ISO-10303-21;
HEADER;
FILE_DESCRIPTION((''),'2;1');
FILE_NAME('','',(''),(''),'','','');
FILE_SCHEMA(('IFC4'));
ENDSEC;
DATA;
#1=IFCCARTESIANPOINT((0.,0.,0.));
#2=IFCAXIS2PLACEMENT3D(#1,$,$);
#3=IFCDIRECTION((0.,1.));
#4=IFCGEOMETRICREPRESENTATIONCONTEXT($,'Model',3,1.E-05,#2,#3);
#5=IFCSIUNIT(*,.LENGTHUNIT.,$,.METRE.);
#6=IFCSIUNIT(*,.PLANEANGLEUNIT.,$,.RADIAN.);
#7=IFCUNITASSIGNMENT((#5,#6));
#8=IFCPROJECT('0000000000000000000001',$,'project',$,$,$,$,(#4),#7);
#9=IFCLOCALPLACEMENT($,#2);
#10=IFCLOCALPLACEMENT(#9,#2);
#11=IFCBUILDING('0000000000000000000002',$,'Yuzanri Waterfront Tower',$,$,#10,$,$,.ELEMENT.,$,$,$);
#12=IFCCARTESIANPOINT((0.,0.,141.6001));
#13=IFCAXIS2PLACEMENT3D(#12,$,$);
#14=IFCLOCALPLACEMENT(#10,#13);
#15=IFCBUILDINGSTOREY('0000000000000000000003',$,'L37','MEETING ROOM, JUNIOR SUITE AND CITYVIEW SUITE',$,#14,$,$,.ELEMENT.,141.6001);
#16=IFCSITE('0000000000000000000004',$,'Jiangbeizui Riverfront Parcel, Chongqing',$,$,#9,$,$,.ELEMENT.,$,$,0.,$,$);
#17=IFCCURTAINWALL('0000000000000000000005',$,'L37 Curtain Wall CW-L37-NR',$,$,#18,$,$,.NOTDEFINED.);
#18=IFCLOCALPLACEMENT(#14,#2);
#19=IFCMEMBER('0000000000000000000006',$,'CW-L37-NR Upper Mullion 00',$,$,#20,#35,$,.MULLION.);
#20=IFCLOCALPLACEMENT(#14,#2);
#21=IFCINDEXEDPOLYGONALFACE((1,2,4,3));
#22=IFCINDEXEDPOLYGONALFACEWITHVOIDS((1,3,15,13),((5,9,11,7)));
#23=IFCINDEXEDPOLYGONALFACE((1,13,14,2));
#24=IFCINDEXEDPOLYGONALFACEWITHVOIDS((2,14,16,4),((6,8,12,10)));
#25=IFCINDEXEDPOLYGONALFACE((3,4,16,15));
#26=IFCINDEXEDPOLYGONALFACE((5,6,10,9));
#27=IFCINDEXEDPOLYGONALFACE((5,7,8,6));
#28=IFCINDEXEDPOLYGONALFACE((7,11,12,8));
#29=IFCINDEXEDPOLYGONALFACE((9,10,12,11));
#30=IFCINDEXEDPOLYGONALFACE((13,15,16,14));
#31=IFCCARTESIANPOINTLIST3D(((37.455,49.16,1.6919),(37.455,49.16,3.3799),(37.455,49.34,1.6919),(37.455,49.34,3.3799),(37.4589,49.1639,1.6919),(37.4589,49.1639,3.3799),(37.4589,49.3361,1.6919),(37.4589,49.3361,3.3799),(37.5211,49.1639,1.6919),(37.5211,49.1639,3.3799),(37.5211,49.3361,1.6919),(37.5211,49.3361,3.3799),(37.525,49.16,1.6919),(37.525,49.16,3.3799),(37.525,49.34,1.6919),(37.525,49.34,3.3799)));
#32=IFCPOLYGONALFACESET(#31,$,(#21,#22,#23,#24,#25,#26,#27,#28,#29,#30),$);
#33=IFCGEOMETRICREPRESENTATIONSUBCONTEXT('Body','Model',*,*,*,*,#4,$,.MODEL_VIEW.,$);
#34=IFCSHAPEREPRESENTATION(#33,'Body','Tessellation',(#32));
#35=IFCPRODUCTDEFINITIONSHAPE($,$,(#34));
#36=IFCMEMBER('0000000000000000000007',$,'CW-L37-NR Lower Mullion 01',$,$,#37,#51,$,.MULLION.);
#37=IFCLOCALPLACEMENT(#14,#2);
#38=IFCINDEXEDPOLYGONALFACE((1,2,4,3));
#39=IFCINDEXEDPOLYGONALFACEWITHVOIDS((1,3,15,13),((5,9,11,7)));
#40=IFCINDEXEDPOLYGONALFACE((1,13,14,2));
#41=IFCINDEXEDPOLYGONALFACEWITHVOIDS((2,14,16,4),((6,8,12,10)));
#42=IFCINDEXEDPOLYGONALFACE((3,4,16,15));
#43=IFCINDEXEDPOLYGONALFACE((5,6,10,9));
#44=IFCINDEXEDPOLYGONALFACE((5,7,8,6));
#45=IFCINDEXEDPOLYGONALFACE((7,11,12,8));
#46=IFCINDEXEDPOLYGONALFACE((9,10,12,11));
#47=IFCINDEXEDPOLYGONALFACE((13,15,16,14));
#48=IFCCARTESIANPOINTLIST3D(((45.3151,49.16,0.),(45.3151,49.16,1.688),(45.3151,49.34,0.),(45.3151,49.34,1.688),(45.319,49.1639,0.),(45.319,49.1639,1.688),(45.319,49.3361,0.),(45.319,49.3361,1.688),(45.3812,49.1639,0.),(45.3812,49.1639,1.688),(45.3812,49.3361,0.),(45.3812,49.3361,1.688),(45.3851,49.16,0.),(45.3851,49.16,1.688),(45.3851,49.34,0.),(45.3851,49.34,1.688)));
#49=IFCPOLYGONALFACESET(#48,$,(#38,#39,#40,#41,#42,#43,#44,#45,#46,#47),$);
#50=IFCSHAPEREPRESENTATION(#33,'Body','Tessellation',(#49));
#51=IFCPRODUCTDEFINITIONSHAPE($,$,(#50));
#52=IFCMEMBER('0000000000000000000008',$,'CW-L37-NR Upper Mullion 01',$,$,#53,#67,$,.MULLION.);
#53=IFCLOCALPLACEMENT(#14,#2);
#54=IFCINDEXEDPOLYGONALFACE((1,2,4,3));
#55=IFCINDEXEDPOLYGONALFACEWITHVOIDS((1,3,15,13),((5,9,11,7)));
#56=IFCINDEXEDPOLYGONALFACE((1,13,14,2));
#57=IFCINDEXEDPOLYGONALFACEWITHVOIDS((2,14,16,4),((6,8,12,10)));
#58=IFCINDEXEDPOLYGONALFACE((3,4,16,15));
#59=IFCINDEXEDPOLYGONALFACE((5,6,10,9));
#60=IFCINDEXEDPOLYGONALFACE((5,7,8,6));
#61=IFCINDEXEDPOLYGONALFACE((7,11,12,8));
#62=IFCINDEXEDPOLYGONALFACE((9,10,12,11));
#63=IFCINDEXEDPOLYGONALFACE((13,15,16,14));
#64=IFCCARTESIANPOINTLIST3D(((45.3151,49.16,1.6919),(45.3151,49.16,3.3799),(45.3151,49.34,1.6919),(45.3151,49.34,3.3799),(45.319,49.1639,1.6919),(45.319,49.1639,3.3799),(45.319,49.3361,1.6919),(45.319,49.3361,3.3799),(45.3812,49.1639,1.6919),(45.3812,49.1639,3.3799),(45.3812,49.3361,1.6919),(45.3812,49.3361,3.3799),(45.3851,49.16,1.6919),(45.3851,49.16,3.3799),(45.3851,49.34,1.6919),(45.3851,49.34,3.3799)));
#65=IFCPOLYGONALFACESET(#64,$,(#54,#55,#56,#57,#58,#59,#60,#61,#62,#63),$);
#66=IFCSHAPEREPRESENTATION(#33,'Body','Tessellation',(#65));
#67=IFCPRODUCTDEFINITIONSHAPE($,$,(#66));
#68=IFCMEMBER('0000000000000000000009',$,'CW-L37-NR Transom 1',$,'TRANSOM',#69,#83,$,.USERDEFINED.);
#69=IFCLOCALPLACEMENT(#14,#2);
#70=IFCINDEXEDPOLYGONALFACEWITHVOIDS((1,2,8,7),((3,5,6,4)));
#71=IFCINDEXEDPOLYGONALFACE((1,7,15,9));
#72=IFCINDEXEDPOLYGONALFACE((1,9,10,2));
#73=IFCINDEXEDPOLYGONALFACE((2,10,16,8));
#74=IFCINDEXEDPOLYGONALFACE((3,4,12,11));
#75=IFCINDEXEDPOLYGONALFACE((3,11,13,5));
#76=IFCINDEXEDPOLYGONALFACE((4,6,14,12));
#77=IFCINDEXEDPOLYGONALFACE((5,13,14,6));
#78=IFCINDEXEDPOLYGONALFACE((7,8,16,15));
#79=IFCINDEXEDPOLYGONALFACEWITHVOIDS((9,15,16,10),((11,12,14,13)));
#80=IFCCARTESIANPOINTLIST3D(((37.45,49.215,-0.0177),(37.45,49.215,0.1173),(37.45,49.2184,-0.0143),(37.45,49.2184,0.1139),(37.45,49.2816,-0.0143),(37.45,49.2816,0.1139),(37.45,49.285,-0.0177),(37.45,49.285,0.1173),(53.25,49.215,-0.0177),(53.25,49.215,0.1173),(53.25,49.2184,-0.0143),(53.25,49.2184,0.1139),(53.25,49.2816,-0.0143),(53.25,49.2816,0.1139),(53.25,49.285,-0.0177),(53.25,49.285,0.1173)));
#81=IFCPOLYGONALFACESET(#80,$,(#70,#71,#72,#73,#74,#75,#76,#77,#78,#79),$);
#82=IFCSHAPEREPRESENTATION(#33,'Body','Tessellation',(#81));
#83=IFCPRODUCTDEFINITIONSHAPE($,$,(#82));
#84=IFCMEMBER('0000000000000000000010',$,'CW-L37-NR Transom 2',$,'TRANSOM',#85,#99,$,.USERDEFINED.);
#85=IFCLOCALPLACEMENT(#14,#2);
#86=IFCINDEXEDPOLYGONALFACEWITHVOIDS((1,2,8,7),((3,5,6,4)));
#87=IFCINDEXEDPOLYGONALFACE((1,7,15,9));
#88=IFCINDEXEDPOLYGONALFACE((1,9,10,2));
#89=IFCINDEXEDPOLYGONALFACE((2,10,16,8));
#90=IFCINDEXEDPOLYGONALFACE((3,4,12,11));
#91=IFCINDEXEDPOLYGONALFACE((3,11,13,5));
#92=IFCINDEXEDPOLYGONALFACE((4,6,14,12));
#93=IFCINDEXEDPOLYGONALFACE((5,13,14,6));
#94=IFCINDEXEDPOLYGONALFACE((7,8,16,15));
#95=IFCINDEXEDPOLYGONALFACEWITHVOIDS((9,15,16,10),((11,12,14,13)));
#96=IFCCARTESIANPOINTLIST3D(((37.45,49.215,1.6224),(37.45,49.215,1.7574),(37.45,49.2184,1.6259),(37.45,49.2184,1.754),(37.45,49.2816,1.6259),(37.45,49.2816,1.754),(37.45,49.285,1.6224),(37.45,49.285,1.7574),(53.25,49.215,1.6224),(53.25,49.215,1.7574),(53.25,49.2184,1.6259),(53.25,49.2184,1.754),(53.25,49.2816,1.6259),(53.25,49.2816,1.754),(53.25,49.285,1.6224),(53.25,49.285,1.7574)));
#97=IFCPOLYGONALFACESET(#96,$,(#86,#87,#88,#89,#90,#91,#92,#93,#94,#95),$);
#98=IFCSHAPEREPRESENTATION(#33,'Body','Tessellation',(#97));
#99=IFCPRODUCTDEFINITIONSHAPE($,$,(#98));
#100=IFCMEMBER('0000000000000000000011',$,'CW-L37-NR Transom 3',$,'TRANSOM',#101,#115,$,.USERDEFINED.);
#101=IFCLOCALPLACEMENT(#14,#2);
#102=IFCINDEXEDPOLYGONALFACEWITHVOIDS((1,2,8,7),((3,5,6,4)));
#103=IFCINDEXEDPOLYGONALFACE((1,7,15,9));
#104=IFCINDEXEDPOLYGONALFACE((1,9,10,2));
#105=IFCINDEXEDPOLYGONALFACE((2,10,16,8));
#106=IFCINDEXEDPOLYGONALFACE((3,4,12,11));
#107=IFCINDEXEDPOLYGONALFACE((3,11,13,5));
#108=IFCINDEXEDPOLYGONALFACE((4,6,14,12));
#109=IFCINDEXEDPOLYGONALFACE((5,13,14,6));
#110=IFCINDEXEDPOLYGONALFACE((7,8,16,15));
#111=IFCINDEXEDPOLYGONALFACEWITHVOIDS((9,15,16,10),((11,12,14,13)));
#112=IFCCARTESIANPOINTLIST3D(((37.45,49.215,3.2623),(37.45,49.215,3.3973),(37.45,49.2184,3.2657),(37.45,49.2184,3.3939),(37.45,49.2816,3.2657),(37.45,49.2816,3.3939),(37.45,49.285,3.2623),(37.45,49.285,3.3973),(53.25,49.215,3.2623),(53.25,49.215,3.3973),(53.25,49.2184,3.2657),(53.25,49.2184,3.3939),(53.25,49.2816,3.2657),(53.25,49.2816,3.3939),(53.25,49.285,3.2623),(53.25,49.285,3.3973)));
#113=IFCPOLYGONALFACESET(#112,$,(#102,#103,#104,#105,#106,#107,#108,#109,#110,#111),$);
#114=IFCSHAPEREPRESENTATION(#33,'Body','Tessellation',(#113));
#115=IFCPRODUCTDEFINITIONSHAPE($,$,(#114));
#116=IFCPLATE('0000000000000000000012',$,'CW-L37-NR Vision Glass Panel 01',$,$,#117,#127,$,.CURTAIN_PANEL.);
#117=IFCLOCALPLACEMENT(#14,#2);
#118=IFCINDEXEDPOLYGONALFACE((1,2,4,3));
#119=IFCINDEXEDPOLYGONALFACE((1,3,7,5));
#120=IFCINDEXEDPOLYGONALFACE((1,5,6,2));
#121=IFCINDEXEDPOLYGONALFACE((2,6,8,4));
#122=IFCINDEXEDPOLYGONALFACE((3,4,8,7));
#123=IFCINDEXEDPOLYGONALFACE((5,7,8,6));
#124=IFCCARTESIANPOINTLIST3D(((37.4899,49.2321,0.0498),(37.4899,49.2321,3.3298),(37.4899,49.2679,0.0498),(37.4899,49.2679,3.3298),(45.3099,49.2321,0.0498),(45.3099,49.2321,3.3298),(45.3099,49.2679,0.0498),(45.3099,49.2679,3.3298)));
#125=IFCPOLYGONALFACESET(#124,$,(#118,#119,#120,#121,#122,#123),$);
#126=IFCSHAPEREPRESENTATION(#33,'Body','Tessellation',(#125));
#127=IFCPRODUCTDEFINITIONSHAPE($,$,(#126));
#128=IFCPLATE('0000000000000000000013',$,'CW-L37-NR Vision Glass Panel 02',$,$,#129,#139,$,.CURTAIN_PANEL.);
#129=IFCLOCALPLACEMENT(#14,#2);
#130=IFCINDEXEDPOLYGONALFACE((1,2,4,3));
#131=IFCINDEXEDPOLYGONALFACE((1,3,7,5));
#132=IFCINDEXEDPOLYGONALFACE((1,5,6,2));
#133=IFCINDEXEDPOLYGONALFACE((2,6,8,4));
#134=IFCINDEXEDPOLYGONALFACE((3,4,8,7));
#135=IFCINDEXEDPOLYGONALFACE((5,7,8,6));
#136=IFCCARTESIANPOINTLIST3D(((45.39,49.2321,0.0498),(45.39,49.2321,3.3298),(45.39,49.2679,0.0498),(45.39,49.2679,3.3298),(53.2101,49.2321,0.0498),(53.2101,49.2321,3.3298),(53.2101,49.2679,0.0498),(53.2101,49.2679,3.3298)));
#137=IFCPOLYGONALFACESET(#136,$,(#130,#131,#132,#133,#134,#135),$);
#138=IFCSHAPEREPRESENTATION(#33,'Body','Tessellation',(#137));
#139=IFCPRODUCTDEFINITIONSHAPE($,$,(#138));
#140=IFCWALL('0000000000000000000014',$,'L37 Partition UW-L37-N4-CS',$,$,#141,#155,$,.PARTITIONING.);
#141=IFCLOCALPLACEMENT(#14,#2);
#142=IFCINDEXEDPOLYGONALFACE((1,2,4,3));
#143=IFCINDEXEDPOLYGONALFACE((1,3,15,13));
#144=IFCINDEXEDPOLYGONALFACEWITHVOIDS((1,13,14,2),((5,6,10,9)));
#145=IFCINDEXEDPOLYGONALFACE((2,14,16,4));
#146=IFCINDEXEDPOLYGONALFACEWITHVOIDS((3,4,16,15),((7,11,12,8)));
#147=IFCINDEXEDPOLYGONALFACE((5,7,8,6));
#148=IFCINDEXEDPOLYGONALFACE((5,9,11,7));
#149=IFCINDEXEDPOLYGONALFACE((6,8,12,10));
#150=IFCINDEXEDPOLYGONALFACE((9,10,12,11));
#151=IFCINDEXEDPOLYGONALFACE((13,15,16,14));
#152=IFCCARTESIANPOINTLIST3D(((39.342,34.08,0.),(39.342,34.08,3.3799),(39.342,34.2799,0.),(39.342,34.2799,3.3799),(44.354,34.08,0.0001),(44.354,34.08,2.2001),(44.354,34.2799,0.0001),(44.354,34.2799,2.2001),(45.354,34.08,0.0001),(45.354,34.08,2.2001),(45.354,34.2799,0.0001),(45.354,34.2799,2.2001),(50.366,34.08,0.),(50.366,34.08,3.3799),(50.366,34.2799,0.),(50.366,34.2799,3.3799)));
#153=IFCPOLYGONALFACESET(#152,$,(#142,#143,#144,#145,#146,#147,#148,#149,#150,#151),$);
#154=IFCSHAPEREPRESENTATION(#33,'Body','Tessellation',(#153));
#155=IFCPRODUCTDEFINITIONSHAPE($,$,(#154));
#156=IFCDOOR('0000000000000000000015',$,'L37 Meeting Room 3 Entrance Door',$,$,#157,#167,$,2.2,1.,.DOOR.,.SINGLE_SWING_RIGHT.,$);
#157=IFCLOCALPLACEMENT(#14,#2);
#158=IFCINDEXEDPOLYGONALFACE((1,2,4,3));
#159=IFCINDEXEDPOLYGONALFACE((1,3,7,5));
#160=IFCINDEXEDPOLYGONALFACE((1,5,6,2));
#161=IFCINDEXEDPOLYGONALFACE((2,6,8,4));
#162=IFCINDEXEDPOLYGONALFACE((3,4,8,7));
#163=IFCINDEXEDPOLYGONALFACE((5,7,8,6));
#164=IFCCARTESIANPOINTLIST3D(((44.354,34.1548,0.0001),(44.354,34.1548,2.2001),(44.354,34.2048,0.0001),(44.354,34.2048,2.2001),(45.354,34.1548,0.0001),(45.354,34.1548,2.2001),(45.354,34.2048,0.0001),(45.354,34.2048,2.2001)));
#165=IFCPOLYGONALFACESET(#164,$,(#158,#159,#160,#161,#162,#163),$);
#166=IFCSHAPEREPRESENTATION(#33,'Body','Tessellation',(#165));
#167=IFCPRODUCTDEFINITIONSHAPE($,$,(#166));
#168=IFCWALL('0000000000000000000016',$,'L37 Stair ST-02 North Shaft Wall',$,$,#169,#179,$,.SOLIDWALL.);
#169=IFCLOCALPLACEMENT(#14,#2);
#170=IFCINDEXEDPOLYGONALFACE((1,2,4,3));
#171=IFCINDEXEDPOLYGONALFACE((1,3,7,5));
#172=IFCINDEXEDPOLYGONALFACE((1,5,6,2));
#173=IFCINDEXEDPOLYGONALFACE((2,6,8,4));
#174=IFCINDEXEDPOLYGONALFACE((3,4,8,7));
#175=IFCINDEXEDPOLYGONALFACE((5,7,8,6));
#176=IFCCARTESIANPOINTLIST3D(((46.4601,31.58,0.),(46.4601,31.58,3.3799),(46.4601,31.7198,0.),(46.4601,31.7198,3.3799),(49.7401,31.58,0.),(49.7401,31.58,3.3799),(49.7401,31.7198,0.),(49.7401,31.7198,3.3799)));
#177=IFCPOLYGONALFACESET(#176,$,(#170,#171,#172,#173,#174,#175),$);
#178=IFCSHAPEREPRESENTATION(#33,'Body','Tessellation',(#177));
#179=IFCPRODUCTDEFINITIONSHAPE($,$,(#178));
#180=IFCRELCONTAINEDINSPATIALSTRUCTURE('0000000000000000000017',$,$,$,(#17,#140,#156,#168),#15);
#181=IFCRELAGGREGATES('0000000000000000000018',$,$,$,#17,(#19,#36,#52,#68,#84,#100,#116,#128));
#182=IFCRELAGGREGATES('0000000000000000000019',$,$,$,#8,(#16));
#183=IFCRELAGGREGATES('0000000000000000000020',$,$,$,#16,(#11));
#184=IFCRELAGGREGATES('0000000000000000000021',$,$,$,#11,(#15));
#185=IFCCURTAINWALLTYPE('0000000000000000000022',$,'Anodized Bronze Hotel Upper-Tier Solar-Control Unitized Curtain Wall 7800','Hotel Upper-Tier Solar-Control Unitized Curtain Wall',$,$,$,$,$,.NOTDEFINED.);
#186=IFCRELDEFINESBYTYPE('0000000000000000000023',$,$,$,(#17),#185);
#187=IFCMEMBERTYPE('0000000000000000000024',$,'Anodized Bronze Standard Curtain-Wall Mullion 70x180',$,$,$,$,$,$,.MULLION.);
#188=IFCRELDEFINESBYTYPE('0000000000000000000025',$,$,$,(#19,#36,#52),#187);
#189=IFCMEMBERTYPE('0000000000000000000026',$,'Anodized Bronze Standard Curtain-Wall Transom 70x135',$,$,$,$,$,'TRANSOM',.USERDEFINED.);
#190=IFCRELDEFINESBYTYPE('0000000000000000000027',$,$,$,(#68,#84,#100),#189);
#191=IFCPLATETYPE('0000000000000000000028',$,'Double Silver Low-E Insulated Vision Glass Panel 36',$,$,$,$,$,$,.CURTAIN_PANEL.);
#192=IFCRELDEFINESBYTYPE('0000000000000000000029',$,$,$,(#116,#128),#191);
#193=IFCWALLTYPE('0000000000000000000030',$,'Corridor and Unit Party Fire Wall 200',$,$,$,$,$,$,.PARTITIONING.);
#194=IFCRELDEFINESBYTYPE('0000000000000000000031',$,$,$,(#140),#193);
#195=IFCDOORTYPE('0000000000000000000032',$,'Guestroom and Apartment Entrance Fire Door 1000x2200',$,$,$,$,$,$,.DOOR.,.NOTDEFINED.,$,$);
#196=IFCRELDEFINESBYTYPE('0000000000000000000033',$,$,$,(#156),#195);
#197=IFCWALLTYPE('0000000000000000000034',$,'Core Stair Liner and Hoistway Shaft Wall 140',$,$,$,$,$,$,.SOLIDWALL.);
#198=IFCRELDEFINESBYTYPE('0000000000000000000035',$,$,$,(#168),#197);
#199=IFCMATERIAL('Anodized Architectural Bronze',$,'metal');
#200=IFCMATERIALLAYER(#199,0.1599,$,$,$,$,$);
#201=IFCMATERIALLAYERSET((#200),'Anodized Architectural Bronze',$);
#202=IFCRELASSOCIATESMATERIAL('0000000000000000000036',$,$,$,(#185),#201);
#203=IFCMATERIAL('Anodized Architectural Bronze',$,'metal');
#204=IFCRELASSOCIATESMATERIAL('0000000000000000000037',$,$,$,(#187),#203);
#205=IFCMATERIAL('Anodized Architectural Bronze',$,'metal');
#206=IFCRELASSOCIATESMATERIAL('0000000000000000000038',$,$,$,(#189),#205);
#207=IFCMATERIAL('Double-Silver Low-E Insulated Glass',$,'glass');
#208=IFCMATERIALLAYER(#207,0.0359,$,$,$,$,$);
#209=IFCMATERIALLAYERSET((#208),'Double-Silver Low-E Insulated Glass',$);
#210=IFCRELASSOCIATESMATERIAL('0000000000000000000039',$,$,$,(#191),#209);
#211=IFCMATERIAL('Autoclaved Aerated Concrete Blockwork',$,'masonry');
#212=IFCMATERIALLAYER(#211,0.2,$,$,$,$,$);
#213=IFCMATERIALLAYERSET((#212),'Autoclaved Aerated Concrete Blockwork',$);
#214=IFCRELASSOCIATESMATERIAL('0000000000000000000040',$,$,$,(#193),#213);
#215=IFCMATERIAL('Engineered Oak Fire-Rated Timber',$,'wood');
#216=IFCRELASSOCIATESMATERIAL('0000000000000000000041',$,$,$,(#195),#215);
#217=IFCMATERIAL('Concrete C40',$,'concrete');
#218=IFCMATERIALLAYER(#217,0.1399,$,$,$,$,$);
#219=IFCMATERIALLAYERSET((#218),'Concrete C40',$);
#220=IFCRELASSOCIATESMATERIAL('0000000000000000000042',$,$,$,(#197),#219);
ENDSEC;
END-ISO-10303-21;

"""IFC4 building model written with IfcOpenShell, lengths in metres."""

from ifc_helpers import new_model, si_unit, direction, frame, frame_2d, origin, origin_2d, place, context, subcontext, project, spatial, rectangle, hollow_rectangle, extrude, source, transform, mapped, material, layer, layer_set, material_profile, profile_set, type_object, element, fill, aggregate, save


model = new_model("IFC4")

# Units and contexts
model_context = context("Model", 3, precision=1e-05, world=origin(), true_north=direction((0.0, 1.0)))
body_context = subcontext(model_context, "Body", "Model", "MODEL_VIEW")
ifc_project = project(units=[si_unit("LENGTHUNIT", "METRE"), si_unit("PLANEANGLEUNIT", "RADIAN")], contexts=[model_context])

# Site, building, storey
site_placement = place(None, origin())
site = spatial("IfcSite", under=ifc_project, at=site_placement, Name="Jiangbeizui Riverfront Parcel, Chongqing", CompositionType="ELEMENT", RefElevation=0.0)
building_placement = place(site_placement, origin())
building = spatial("IfcBuilding", under=site, at=building_placement, Name="Yuzanri Waterfront Tower", CompositionType="ELEMENT")
storey_placement = place(building_placement, frame((0.0, 0.0, 141.6001)))
storey = spatial("IfcBuildingStorey", under=building, at=storey_placement, Name="L37", Description="MEETING ROOM, JUNIOR SUITE AND CITYVIEW SUITE", CompositionType="ELEMENT", Elevation=141.6001)

# Shared definitions
ifc_material_1 = material(Name="Anodized Architectural Bronze", Category="metal")
ifc_layer_1 = layer(ifc_material_1, 0.1599)
ifc_layer_set_1 = layer_set([ifc_layer_1], Name="Anodized Architectural Bronze")
curtain_wall_type = type_object("IfcCurtainWallType", Name="Anodized Bronze Hotel Upper-Tier Solar-Control Unitized Curtain Wall 7800", Description="Hotel Upper-Tier Solar-Control Unitized Curtain Wall", PredefinedType="NOTDEFINED", material=ifc_layer_set_1)
ifc_material_2 = material(Name="Anodized Architectural Bronze", Category="metal")
ifc_material_profile_1 = material_profile(ifc_material_2, hollow_rectangle(XDim=0.0701, YDim=0.1799, WallThickness=0.0039, at=origin_2d()), Name="CWM 70x180")
ifc_profile_set_1 = profile_set([ifc_material_profile_1], Name="Anodized Architectural Bronze")
member_type_1 = type_object("IfcMemberType", Name="Anodized Bronze Standard Curtain-Wall Mullion 70x180", PredefinedType="MULLION", material=ifc_profile_set_1)
shared_shape_1 = source(origin(), body_context, "Body", "SweptSolid", [
    extrude(hollow_rectangle(XDim=0.0701, YDim=0.1799, WallThickness=0.0039, at=origin_2d()), origin(), (0.0, 0.0, 1.0), 1.688),
])

# Curtain wall, members, plates
curtain_wall_1_placement = place(storey_placement, origin())
curtain_wall_1 = element("IfcCurtainWall", 1, at=curtain_wall_1_placement, inside=storey, type_object=curtain_wall_type, Name="L37 Curtain Wall CW-L37-NR", PredefinedType="NOTDEFINED")
member_1_placement = place(storey_placement, frame((37.49, 49.25, 1.6919), z_axis=(0.0, 0.0, 1.0), x_axis=(1.0, 0.0, 0.0)))
member_1 = element("IfcMember", 2, at=member_1_placement, type_object=member_type_1, Name="CW-L37-NR Upper Mullion 00", PredefinedType="MULLION", context=body_context, shape_type="MappedRepresentation", body=[
    mapped(shared_shape_1, transform((0.0, 0.0, 0.0), scale=1.0)),
])
member_2_placement = place(storey_placement, frame((45.3501, 49.25, 0.0), z_axis=(0.0, 0.0, 1.0), x_axis=(1.0, 0.0, 0.0)))
member_2 = element("IfcMember", 3, at=member_2_placement, type_object=member_type_1, Name="CW-L37-NR Lower Mullion 01", PredefinedType="MULLION", context=body_context, shape_type="MappedRepresentation", body=[
    mapped(shared_shape_1, transform((0.0, 0.0, 0.0), scale=1.0)),
])
member_3_placement = place(storey_placement, frame((45.3501, 49.25, 1.6919), z_axis=(0.0, 0.0, 1.0), x_axis=(1.0, 0.0, 0.0)))
member_3 = element("IfcMember", 4, at=member_3_placement, type_object=member_type_1, Name="CW-L37-NR Upper Mullion 01", PredefinedType="MULLION", context=body_context, shape_type="MappedRepresentation", body=[
    mapped(shared_shape_1, transform((0.0, 0.0, 0.0), scale=1.0)),
])
ifc_material_3 = material(Name="Anodized Architectural Bronze", Category="metal")
ifc_material_profile_2 = material_profile(ifc_material_3, hollow_rectangle(XDim=0.0701, YDim=0.135, WallThickness=0.0034, at=origin_2d()), Name="CWT 70x135")
ifc_profile_set_2 = profile_set([ifc_material_profile_2], Name="Anodized Architectural Bronze")
member_type_2 = type_object("IfcMemberType", Name="Anodized Bronze Standard Curtain-Wall Transom 70x135", ElementType="TRANSOM", PredefinedType="USERDEFINED", material=ifc_profile_set_2)
shared_shape_2 = source(origin(), body_context, "Body", "SweptSolid", [
    extrude(hollow_rectangle(XDim=0.0701, YDim=0.135, WallThickness=0.0034, at=origin_2d()), origin(), (0.0, 0.0, 1.0), 15.8),
])
member_4_placement = place(storey_placement, frame((37.45, 49.25, 0.0498), z_axis=(1.0, 0.0, 0.0), x_axis=(0.0, 1.0, 0.0)))
member_4 = element("IfcMember", 5, at=member_4_placement, type_object=member_type_2, Name="CW-L37-NR Transom 1", ObjectType="TRANSOM", PredefinedType="USERDEFINED", context=body_context, shape_type="MappedRepresentation", body=[
    mapped(shared_shape_2, transform((0.0, 0.0, 0.0), scale=1.0)),
])
member_5_placement = place(storey_placement, frame((37.45, 49.25, 1.6899), z_axis=(1.0, 0.0, 0.0), x_axis=(0.0, 1.0, 0.0)))
member_5 = element("IfcMember", 6, at=member_5_placement, type_object=member_type_2, Name="CW-L37-NR Transom 2", ObjectType="TRANSOM", PredefinedType="USERDEFINED", context=body_context, shape_type="MappedRepresentation", body=[
    mapped(shared_shape_2, transform((0.0, 0.0, 0.0), scale=1.0)),
])
member_6_placement = place(storey_placement, frame((37.45, 49.25, 3.3298), z_axis=(1.0, 0.0, 0.0), x_axis=(0.0, 1.0, 0.0)))
member_6 = element("IfcMember", 7, at=member_6_placement, type_object=member_type_2, Name="CW-L37-NR Transom 3", ObjectType="TRANSOM", PredefinedType="USERDEFINED", context=body_context, shape_type="MappedRepresentation", body=[
    mapped(shared_shape_2, transform((0.0, 0.0, 0.0), scale=1.0)),
])
ifc_material_4 = material(Name="Double-Silver Low-E Insulated Glass", Category="glass")
ifc_layer_2 = layer(ifc_material_4, 0.0359)
ifc_layer_set_2 = layer_set([ifc_layer_2], Name="Double-Silver Low-E Insulated Glass")
plate_type = type_object("IfcPlateType", Name="Double Silver Low-E Insulated Vision Glass Panel 36", PredefinedType="CURTAIN_PANEL", material=ifc_layer_set_2)
shared_shape_3 = source(origin(), body_context, "Body", "SweptSolid", [
    extrude(rectangle(XDim=7.8201, YDim=0.0359, at=origin_2d()), origin(), (0.0, 0.0, 1.0), 3.28),
])
plate_1_placement = place(storey_placement, frame((41.3999, 49.25, 0.0498), z_axis=(0.0, 0.0, 1.0), x_axis=(1.0, 0.0, 0.0)))
plate_1 = element("IfcPlate", 8, at=plate_1_placement, type_object=plate_type, Name="CW-L37-NR Vision Glass Panel 01", PredefinedType="CURTAIN_PANEL", context=body_context, shape_type="MappedRepresentation", body=[
    mapped(shared_shape_3, transform((0.0, 0.0, 0.0), scale=1.0)),
])
plate_2_placement = place(storey_placement, frame((49.3, 49.25, 0.0498), z_axis=(0.0, 0.0, 1.0), x_axis=(1.0, 0.0, 0.0)))
plate_2 = element("IfcPlate", 9, at=plate_2_placement, type_object=plate_type, Name="CW-L37-NR Vision Glass Panel 02", PredefinedType="CURTAIN_PANEL", context=body_context, shape_type="MappedRepresentation", body=[
    mapped(shared_shape_3, transform((0.0, 0.0, 0.0), scale=1.0)),
])
aggregate(curtain_wall_1, [member_1, member_2, member_3, member_4, member_5, member_6, plate_1, plate_2])

# Wall, opening, door
ifc_material_5 = material(Name="Autoclaved Aerated Concrete Blockwork", Category="masonry")
ifc_layer_3 = layer(ifc_material_5, 0.2)
ifc_layer_set_3 = layer_set([ifc_layer_3], Name="Autoclaved Aerated Concrete Blockwork")
wall_type_1 = type_object("IfcWallType", Name="Corridor and Unit Party Fire Wall 200", PredefinedType="PARTITIONING", material=ifc_layer_set_3)
wall_1_placement = place(storey_placement, frame((39.342, 34.1799, 0.0), z_axis=(0.0, 0.0, 1.0), x_axis=(1.0, 0.0, 0.0)))
wall_1 = element("IfcWall", 10, at=wall_1_placement, inside=storey, type_object=wall_type_1, Name="L37 Partition UW-L37-N4-CS", PredefinedType="PARTITIONING", context=body_context, shape_type="SweptSolid", body=[
    extrude(rectangle(XDim=11.0239, YDim=0.2, at=frame_2d((5.512, 0.0))), origin(), (0.0, 0.0, 1.0), 3.3799),
])
opening_placement = place(wall_1_placement, frame((5.012, 0.0, 0.0)))
opening = element("IfcOpeningElement", 11, at=opening_placement, cuts=wall_1, PredefinedType="OPENING", context=body_context, shape_type="SweptSolid", body=[
    extrude(rectangle(XDim=1.0, YDim=2.2, at=frame_2d((0.5, 1.1001))), frame((0.0, 0.1147, 0.0), z_axis=(0.0, -1.0, 0.0), x_axis=(1.0, 0.0, 0.0)), (0.0, 0.0, 1.0), 0.2297),
])
ifc_material_6 = material(Name="Engineered Oak Fire-Rated Timber", Category="wood")
door_type = type_object("IfcDoorType", Name="Guestroom and Apartment Entrance Fire Door 1000x2200", OperationType="NOTDEFINED", PredefinedType="DOOR", material=ifc_material_6)
shared_shape_4 = source(origin(), body_context, "Body", "SweptSolid", [
    extrude(rectangle(XDim=1.0, YDim=2.2, at=frame_2d((0.5, 1.1001))), frame((0.0, 0.0249, 0.0), z_axis=(0.0, -1.0, 0.0), x_axis=(1.0, 0.0, 0.0)), (0.0, 0.0, 1.0), 0.05),
])
door_placement = place(opening_placement, origin())
door = element("IfcDoor", 12, at=door_placement, inside=storey, type_object=door_type, Name="L37 Meeting Room 3 Entrance Door", OperationType="SINGLE_SWING_RIGHT", OverallHeight=2.2, OverallWidth=1.0, PredefinedType="DOOR", context=body_context, shape_type="MappedRepresentation", body=[
    mapped(shared_shape_4, transform((0.0, 0.0, 0.0), scale=1.0)),
])
fill(opening, door)

# Wall
ifc_material_7 = material(Name="Concrete C40", Category="concrete")
ifc_layer_4 = layer(ifc_material_7, 0.1399)
ifc_layer_set_4 = layer_set([ifc_layer_4], Name="Concrete C40")
wall_type_2 = type_object("IfcWallType", Name="Core Stair Liner and Hoistway Shaft Wall 140", PredefinedType="SOLIDWALL", material=ifc_layer_set_4)
shared_shape_5 = source(origin(), body_context, "Body", "SweptSolid", [
    extrude(rectangle(XDim=3.28, YDim=0.1399, at=frame_2d((1.6401, 0.0))), origin(), (0.0, 0.0, 1.0), 3.3799),
])
wall_2_placement = place(storey_placement, frame((46.46, 31.6499, 0.0), z_axis=(0.0, 0.0, 1.0), x_axis=(1.0, 0.0, 0.0)))
element("IfcWall", 13, at=wall_2_placement, inside=storey, type_object=wall_type_2, Name="L37 Stair ST-02 North Shaft Wall", PredefinedType="SOLIDWALL", context=body_context, shape_type="MappedRepresentation", body=[
    mapped(shared_shape_5, transform((0.0, 0.0, 0.0), scale=1.0)),
])

save(model, "model.ifc")
